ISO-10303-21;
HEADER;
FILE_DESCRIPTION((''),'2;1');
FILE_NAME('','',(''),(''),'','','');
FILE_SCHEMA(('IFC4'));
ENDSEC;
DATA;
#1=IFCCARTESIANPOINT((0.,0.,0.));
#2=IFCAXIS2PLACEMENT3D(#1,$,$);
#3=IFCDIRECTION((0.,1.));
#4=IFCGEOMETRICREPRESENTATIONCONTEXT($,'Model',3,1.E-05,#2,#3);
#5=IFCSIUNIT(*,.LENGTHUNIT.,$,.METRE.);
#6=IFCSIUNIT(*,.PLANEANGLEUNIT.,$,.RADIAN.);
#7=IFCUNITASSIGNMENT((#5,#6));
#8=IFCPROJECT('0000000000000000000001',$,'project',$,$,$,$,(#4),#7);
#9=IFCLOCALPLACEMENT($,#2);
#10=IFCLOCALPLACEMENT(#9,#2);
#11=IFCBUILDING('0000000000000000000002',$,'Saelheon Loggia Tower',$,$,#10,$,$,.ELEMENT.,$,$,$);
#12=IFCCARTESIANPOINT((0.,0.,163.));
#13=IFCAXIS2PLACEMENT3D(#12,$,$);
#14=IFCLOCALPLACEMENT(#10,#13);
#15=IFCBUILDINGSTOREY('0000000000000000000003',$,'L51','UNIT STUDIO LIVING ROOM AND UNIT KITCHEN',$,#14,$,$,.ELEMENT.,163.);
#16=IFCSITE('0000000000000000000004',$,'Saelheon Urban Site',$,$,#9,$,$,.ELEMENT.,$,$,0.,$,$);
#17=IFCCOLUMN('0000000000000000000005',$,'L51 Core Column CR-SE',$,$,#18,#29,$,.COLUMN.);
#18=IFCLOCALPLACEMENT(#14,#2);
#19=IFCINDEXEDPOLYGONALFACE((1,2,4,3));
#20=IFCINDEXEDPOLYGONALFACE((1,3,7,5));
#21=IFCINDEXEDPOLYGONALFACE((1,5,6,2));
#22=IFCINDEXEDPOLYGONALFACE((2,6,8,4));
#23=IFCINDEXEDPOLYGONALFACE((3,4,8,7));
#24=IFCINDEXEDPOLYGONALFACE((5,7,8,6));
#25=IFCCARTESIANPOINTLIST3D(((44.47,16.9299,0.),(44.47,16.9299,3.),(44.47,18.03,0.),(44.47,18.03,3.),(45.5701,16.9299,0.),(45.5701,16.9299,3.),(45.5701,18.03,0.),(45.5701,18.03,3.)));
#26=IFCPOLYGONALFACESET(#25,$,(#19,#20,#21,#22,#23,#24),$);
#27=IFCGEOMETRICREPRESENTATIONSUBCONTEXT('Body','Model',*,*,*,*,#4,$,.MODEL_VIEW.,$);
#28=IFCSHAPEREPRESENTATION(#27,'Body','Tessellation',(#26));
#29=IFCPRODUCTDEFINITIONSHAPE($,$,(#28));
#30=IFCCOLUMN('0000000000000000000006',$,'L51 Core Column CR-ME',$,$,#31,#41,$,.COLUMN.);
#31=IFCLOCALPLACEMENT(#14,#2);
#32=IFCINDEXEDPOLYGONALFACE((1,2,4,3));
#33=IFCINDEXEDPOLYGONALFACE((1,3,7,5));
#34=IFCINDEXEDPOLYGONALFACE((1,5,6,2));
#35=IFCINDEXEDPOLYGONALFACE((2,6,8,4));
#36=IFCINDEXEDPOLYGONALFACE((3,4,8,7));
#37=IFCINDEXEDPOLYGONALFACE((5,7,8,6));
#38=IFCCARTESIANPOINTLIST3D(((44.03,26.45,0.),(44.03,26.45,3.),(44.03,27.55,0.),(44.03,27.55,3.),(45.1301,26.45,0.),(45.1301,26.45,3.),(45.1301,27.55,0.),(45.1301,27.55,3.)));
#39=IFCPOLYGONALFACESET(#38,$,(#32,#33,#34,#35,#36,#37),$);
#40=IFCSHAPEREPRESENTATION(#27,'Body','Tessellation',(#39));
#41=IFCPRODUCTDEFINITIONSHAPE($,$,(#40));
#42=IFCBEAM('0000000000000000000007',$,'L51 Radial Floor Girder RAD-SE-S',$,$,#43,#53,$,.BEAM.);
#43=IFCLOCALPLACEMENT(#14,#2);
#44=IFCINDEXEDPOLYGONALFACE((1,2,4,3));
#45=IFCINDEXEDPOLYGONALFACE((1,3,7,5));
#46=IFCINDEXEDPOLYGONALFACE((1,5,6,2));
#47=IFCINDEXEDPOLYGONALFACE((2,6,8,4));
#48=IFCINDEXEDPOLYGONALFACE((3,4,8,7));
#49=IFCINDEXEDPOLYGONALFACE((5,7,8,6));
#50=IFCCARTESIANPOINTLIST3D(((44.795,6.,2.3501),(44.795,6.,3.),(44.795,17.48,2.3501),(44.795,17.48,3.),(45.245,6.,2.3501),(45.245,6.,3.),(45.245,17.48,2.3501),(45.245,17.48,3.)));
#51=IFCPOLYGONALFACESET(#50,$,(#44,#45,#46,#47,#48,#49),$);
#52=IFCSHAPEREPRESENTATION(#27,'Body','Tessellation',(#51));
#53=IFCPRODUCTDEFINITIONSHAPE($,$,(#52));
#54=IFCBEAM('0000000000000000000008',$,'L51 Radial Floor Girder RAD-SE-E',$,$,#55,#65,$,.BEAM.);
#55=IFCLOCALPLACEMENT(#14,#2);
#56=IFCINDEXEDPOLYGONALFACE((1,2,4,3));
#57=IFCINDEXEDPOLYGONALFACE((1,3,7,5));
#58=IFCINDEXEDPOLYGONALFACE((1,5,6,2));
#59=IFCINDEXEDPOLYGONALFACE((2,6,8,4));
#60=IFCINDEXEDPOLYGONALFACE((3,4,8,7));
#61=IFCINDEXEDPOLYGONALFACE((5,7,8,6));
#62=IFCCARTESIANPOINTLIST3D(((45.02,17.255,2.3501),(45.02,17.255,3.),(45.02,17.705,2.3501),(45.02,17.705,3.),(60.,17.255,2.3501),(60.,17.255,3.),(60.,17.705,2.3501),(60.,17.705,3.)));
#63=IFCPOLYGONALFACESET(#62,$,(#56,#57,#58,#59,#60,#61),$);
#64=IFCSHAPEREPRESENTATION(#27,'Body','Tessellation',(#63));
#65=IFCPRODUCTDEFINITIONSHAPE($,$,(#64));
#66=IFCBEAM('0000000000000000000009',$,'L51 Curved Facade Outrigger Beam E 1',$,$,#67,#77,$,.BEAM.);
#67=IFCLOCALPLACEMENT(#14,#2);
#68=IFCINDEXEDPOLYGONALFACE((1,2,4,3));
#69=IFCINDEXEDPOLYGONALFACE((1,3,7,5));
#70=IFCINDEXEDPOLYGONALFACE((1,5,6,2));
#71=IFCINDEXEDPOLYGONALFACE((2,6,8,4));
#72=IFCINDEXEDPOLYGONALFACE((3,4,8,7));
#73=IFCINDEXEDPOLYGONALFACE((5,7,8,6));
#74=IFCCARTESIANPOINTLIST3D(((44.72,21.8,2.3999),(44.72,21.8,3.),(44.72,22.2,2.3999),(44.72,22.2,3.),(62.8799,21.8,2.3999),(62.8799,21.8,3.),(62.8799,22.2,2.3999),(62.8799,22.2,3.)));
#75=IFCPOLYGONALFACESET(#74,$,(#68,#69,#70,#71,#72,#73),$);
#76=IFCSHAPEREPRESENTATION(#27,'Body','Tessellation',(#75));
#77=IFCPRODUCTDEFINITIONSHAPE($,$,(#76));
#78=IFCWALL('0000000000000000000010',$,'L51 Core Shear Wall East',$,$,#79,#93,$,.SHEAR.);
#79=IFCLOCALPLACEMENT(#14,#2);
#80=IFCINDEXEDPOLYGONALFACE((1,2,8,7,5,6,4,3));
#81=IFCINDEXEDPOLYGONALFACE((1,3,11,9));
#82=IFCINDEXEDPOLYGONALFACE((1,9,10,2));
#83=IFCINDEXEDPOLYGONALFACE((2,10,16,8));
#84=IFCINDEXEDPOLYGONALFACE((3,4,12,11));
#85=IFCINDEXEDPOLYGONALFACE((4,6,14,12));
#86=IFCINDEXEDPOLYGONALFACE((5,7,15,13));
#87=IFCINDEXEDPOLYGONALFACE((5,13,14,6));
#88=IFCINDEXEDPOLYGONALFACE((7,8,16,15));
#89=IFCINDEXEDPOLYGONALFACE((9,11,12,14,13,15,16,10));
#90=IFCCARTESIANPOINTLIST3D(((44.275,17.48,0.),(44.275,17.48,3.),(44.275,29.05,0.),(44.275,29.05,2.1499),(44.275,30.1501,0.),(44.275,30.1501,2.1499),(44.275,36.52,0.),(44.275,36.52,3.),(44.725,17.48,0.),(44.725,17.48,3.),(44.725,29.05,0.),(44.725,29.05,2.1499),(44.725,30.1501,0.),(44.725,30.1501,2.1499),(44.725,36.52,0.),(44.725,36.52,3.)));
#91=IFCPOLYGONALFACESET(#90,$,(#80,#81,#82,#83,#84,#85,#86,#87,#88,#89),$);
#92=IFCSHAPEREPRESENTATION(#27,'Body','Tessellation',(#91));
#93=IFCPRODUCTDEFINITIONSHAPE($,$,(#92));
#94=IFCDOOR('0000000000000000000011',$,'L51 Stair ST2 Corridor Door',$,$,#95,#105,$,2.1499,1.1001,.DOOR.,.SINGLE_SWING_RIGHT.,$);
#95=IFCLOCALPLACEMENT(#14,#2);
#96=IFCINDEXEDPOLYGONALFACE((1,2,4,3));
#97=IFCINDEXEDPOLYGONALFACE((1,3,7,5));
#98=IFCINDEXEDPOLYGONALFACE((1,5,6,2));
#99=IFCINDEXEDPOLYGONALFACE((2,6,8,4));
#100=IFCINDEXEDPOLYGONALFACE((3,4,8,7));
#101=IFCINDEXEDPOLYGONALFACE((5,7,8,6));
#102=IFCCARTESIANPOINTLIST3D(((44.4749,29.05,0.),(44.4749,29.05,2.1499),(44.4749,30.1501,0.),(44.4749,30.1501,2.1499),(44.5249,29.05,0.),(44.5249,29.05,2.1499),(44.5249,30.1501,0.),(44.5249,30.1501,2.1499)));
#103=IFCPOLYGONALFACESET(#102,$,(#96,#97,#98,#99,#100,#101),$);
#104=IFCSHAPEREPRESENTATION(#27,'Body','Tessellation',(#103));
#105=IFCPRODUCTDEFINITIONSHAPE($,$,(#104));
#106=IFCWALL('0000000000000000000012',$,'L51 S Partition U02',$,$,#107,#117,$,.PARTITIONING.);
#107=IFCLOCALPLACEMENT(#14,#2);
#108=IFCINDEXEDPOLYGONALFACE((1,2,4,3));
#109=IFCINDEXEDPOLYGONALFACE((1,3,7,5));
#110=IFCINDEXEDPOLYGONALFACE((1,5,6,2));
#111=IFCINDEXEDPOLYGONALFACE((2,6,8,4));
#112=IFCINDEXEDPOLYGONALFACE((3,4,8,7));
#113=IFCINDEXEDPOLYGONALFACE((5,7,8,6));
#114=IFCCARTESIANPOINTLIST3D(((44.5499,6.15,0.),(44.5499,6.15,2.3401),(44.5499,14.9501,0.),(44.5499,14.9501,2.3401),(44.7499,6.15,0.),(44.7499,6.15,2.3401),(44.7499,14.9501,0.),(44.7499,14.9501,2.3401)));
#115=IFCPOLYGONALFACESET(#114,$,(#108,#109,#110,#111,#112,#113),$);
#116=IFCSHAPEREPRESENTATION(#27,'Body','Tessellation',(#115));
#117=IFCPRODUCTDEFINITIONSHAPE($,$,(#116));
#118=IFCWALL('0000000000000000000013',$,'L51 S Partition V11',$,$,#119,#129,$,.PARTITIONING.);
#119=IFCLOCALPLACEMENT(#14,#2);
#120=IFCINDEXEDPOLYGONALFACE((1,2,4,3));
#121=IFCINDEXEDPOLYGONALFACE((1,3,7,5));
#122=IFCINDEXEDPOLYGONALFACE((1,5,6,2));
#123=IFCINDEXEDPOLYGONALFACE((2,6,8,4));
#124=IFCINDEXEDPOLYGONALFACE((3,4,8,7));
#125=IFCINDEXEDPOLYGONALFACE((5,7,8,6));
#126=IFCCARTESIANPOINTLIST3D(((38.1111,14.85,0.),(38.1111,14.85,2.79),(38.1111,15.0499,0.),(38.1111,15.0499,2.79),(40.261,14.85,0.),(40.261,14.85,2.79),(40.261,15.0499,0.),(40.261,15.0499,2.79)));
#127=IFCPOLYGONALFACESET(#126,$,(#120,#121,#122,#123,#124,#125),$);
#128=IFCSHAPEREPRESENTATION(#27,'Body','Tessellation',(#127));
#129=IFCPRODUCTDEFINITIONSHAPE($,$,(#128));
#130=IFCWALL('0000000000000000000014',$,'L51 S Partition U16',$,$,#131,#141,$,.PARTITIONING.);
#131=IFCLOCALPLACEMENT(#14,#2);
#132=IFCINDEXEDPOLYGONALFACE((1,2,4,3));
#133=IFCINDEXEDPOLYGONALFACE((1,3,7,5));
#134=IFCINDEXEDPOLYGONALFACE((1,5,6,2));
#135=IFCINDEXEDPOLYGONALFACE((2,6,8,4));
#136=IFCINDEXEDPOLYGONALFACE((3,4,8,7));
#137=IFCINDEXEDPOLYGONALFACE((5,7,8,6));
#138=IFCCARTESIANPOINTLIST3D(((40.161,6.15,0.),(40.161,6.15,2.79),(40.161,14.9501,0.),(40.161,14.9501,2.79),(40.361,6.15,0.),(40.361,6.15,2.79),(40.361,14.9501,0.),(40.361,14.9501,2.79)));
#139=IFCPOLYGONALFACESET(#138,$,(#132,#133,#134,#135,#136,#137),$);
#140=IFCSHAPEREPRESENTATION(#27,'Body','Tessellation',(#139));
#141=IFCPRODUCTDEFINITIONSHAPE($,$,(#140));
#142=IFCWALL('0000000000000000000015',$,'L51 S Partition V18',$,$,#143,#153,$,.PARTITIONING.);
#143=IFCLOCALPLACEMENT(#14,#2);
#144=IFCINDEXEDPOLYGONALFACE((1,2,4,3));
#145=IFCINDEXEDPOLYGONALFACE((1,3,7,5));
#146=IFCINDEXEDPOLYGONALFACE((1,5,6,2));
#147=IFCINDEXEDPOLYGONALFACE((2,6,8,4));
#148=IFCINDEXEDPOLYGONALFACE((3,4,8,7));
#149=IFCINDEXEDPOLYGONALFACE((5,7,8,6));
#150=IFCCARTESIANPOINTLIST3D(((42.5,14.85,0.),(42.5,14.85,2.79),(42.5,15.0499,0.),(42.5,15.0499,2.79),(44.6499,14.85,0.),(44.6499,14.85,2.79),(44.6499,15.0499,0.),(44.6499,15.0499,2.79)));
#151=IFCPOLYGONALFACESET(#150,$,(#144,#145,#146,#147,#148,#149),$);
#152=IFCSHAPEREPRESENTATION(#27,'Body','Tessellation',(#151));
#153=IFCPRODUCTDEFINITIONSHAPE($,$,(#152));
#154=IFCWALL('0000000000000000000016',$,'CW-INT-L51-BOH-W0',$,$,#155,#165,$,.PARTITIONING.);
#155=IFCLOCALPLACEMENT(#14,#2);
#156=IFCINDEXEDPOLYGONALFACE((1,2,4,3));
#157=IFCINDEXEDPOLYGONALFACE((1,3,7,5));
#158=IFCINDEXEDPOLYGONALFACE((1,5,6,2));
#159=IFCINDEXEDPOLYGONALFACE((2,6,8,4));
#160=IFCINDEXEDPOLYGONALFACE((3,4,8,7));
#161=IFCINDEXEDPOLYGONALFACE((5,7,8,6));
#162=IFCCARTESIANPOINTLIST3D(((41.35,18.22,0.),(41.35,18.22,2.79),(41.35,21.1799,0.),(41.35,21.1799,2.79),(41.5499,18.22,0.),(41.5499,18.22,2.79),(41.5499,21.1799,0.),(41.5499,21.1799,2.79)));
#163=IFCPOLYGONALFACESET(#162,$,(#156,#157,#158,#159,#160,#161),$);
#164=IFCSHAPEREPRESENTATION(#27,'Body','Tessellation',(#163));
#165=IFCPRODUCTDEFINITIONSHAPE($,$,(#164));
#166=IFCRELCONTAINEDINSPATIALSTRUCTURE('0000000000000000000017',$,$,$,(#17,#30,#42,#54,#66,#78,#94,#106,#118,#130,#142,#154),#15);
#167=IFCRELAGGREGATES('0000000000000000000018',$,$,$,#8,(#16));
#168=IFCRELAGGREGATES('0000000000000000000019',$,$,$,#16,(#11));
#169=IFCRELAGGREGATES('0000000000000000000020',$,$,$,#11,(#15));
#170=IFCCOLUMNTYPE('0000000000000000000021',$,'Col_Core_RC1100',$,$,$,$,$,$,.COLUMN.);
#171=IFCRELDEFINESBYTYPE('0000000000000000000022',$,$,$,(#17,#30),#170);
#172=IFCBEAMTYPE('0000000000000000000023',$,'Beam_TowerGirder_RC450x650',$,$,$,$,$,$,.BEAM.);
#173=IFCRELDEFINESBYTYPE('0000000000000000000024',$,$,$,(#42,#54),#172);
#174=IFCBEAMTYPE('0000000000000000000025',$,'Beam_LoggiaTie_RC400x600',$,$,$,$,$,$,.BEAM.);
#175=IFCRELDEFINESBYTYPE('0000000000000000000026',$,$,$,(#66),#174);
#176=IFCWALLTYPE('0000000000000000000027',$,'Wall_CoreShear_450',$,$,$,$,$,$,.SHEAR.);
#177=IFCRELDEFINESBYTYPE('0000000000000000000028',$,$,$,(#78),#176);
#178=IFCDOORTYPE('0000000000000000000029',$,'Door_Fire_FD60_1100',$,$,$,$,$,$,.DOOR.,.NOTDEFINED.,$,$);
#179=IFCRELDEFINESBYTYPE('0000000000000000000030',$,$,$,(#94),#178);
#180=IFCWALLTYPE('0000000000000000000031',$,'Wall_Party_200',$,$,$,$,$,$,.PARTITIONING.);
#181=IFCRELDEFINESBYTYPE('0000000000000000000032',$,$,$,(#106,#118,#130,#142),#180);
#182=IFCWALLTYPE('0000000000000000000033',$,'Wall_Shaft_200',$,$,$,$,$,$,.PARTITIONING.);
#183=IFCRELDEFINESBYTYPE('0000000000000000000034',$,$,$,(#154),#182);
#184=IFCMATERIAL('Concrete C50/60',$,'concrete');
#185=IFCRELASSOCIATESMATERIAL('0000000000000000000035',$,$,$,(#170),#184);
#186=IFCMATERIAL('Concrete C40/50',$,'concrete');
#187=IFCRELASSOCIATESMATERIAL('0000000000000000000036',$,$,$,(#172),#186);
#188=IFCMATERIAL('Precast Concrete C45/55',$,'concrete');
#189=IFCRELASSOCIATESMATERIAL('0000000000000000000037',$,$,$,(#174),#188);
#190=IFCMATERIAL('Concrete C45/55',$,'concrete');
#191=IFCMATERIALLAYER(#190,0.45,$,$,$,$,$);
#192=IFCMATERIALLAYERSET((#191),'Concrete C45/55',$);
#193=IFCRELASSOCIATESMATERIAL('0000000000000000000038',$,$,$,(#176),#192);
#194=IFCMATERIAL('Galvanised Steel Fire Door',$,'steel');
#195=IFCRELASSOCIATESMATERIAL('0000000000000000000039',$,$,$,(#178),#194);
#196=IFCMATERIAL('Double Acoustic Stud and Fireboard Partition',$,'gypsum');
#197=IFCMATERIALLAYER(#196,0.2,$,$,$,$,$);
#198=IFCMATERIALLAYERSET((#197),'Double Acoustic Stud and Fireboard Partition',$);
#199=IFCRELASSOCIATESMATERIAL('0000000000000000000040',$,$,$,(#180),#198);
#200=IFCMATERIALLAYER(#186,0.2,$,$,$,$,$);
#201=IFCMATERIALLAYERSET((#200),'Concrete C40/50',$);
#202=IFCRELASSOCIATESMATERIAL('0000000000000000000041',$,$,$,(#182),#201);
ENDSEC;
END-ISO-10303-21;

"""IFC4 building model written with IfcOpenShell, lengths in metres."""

from ifc_helpers import new_model, si_unit, direction, frame, frame_2d, origin, origin_2d, place, context, subcontext, project, spatial, rectangle, extrude, source, transform, mapped, material, layer, layer_set, material_profile, profile_set, type_object, element, fill, save


model = new_model("IFC4")

# Units and contexts
model_context = context("Model", 3, precision=1e-05, world=origin(), true_north=direction((0.0, 1.0)))
body_context = subcontext(model_context, "Body", "Model", "MODEL_VIEW")
ifc_project = project(units=[si_unit("LENGTHUNIT", "METRE"), si_unit("PLANEANGLEUNIT", "RADIAN")], contexts=[model_context])

# Site, building, storey
site_placement = place(None, origin())
site = spatial("IfcSite", under=ifc_project, at=site_placement, Name="Saelheon Urban Site", CompositionType="ELEMENT", RefElevation=0.0)
building_placement = place(site_placement, origin())
building = spatial("IfcBuilding", under=site, at=building_placement, Name="Saelheon Loggia Tower", CompositionType="ELEMENT")
storey_placement = place(building_placement, frame((0.0, 0.0, 163.0)))
storey = spatial("IfcBuildingStorey", under=building, at=storey_placement, Name="L51", Description="UNIT STUDIO LIVING ROOM AND UNIT KITCHEN", CompositionType="ELEMENT", Elevation=163.0)

# Columns
ifc_material_1 = material(Name="Concrete C50/60", Category="concrete")
ifc_material_profile_1 = material_profile(ifc_material_1, rectangle(XDim=1.1001, YDim=1.1001, at=origin_2d()), Name="RC-1100x1100")
ifc_profile_set_1 = profile_set([ifc_material_profile_1], Name="Concrete C50/60")
column_type = type_object("IfcColumnType", Name="Col_Core_RC1100", PredefinedType="COLUMN", material=ifc_profile_set_1)
shared_shape_1 = source(origin(), body_context, "Body", "SweptSolid", [
    extrude(rectangle(XDim=1.1001, YDim=1.1001, at=origin_2d()), origin(), (0.0, 0.0, 1.0), 3.0),
])
for number, where, z_axis, x_axis, name in (
    (1, (45.02, 17.48, 0.0), (0.0, 0.0, 1.0), (1.0, 0.0, 0.0), "L51 Core Column CR-SE"),
    (2, (44.5801, 27.0, 0.0), (0.0, 0.0, 1.0), (1.0, 0.0, 0.0), "L51 Core Column CR-ME"),
):
    element("IfcColumn", number, at=place(storey_placement, frame(where, z_axis=z_axis, x_axis=x_axis)), inside=storey, type_object=column_type, Name=name, PredefinedType="COLUMN", context=body_context, shape_type="MappedRepresentation", body=[
        mapped(shared_shape_1, transform((0.0, 0.0, 0.0), scale=1.0)),
    ])

# Beams
ifc_material_2 = material(Name="Concrete C40/50", Category="concrete")
ifc_material_profile_2 = material_profile(ifc_material_2, rectangle(XDim=0.45, YDim=0.6499, at=origin_2d()), Name="RC-450x650")
ifc_profile_set_2 = profile_set([ifc_material_profile_2], Name="Concrete C40/50")
beam_type_1 = type_object("IfcBeamType", Name="Beam_TowerGirder_RC450x650", PredefinedType="BEAM", material=ifc_profile_set_2)
shared_shape_2 = source(origin(), body_context, "Body", "SweptSolid", [
    extrude(rectangle(XDim=0.45, YDim=0.6499, at=origin_2d()), origin(), (0.0, 0.0, 1.0), 11.48),
])
beam_1_placement = place(storey_placement, frame((45.02, 17.48, 2.675), z_axis=(0.0, -1.0, 0.0), x_axis=(1.0, 0.0, 0.0)))
element("IfcBeam", 3, at=beam_1_placement, inside=storey, type_object=beam_type_1, Name="L51 Radial Floor Girder RAD-SE-S", PredefinedType="BEAM", context=body_context, shape_type="MappedRepresentation", body=[
    mapped(shared_shape_2, transform((0.0, 0.0, 0.0), scale=1.0)),
])
shared_shape_3 = source(origin(), body_context, "Body", "SweptSolid", [
    extrude(rectangle(XDim=0.45, YDim=0.6499, at=origin_2d()), origin(), (0.0, 0.0, 1.0), 14.98),
])
beam_2_placement = place(storey_placement, frame((45.02, 17.48, 2.675), z_axis=(1.0, 0.0, 0.0), x_axis=(0.0, 1.0, 0.0)))
element("IfcBeam", 4, at=beam_2_placement, inside=storey, type_object=beam_type_1, Name="L51 Radial Floor Girder RAD-SE-E", PredefinedType="BEAM", context=body_context, shape_type="MappedRepresentation", body=[
    mapped(shared_shape_3, transform((0.0, 0.0, 0.0), scale=1.0)),
])
ifc_material_3 = material(Name="Precast Concrete C45/55", Category="concrete")
ifc_material_profile_3 = material_profile(ifc_material_3, rectangle(XDim=0.3999, YDim=0.6001, at=origin_2d()), Name="RC-400x600")
ifc_profile_set_3 = profile_set([ifc_material_profile_3], Name="Precast Concrete C45/55")
beam_type_2 = type_object("IfcBeamType", Name="Beam_LoggiaTie_RC400x600", PredefinedType="BEAM", material=ifc_profile_set_3)
shared_shape_4 = source(origin(), body_context, "Body", "SweptSolid", [
    extrude(rectangle(XDim=0.3999, YDim=0.6001, at=origin_2d()), origin(), (0.0, 0.0, 1.0), 18.1599),
])
beam_3_placement = place(storey_placement, frame((44.72, 22.0, 2.7), z_axis=(1.0, 0.0, 0.0), x_axis=(0.0, 1.0, 0.0)))
element("IfcBeam", 5, at=beam_3_placement, inside=storey, type_object=beam_type_2, Name="L51 Curved Facade Outrigger Beam E 1", PredefinedType="BEAM", context=body_context, shape_type="MappedRepresentation", body=[
    mapped(shared_shape_4, transform((0.0, 0.0, 0.0), scale=1.0)),
])

# Wall, opening, door
ifc_material_4 = material(Name="Concrete C45/55", Category="concrete")
ifc_layer_1 = layer(ifc_material_4, 0.45)
ifc_layer_set_1 = layer_set([ifc_layer_1], Name="Concrete C45/55")
wall_type_1 = type_object("IfcWallType", Name="Wall_CoreShear_450", PredefinedType="SHEAR", material=ifc_layer_set_1)
wall_1_placement = place(storey_placement, frame((44.5, 17.48, 0.0), z_axis=(0.0, 0.0, 1.0), x_axis=(0.0, 1.0, 0.0)))
wall_1 = element("IfcWall", 6, at=wall_1_placement, inside=storey, type_object=wall_type_1, Name="L51 Core Shear Wall East", PredefinedType="SHEAR", context=body_context, shape_type="SweptSolid", body=[
    extrude(rectangle(XDim=19.04, YDim=0.45, at=frame_2d((9.52, 0.0))), origin(), (0.0, 0.0, 1.0), 3.0),
])
opening_1_placement = place(wall_1_placement, frame((12.6702, 0.0, 0.0), z_axis=(0.0, 0.0, 1.0), x_axis=(-1.0, 0.0, 0.0)))
opening_1 = element("IfcOpeningElement", 7, at=opening_1_placement, cuts=wall_1, PredefinedType="OPENING", context=body_context, shape_type="SweptSolid", body=[
    extrude(rectangle(XDim=1.1001, YDim=2.1499, at=frame_2d((0.55, 1.075))), frame((0.0, 0.2371, 0.0), z_axis=(0.0, -1.0, 0.0), x_axis=(1.0, 0.0, 0.0)), (0.0, 0.0, 1.0), 0.4739),
])
ifc_material_5 = material(Name="Galvanised Steel Fire Door", Category="steel")
door_type_1 = type_object("IfcDoorType", Name="Door_Fire_FD60_1100", OperationType="NOTDEFINED", PredefinedType="DOOR", material=ifc_material_5)
shared_shape_5 = source(origin(), body_context, "Body", "SweptSolid", [
    extrude(rectangle(XDim=1.1001, YDim=2.1499, at=frame_2d((0.55, 1.075))), frame((0.0, 0.0249, 0.0), z_axis=(0.0, -1.0, 0.0), x_axis=(1.0, 0.0, 0.0)), (0.0, 0.0, 1.0), 0.05),
])
door_1_placement = place(opening_1_placement, origin())
door_1 = element("IfcDoor", 8, at=door_1_placement, inside=storey, type_object=door_type_1, Name="L51 Stair ST2 Corridor Door", OperationType="SINGLE_SWING_RIGHT", OverallHeight=2.1499, OverallWidth=1.1001, PredefinedType="DOOR", context=body_context, shape_type="MappedRepresentation", body=[
    mapped(shared_shape_5, transform((0.0, 0.0, 0.0), scale=1.0)),
])
fill(opening_1, door_1)

# Walls
ifc_material_6 = material(Name="Double Acoustic Stud and Fireboard Partition", Category="gypsum")
ifc_layer_2 = layer(ifc_material_6, 0.2)
ifc_layer_set_2 = layer_set([ifc_layer_2], Name="Double Acoustic Stud and Fireboard Partition")
wall_type_2 = type_object("IfcWallType", Name="Wall_Party_200", PredefinedType="PARTITIONING", material=ifc_layer_set_2)
wall_2_placement = place(storey_placement, frame((44.6499, 14.95, 0.0), z_axis=(0.0, 0.0, 1.0), x_axis=(0.0, -1.0, 0.0)))
element("IfcWall", 9, at=wall_2_placement, inside=storey, type_object=wall_type_2, Name="L51 S Partition U02", PredefinedType="PARTITIONING", context=body_context, shape_type="SweptSolid", body=[
    extrude(rectangle(XDim=8.8, YDim=0.2, at=frame_2d((4.3999, 0.0))), origin(), (0.0, 0.0, 1.0), 2.3401),
])
wall_3_placement = place(storey_placement, frame((38.1111, 14.95, 0.0), z_axis=(0.0, 0.0, 1.0), x_axis=(1.0, 0.0, 0.0)))
element("IfcWall", 10, at=wall_3_placement, inside=storey, type_object=wall_type_2, Name="L51 S Partition V11", PredefinedType="PARTITIONING", context=body_context, shape_type="SweptSolid", body=[
    extrude(rectangle(XDim=2.1499, YDim=0.2, at=frame_2d((1.075, 0.0))), origin(), (0.0, 0.0, 1.0), 2.79),
])
wall_4_placement = place(storey_placement, frame((40.261, 14.95, 0.0), z_axis=(0.0, 0.0, 1.0), x_axis=(0.0, -1.0, 0.0)))
element("IfcWall", 11, at=wall_4_placement, inside=storey, type_object=wall_type_2, Name="L51 S Partition U16", PredefinedType="PARTITIONING", context=body_context, shape_type="SweptSolid", body=[
    extrude(rectangle(XDim=8.8, YDim=0.2, at=frame_2d((4.3999, 0.0))), origin(), (0.0, 0.0, 1.0), 2.79),
])

# Walls
wall_5_placement = place(storey_placement, frame((42.5, 14.95, 0.0), z_axis=(0.0, 0.0, 1.0), x_axis=(1.0, 0.0, 0.0)))
element("IfcWall", 12, at=wall_5_placement, inside=storey, type_object=wall_type_2, Name="L51 S Partition V18", PredefinedType="PARTITIONING", context=body_context, shape_type="SweptSolid", body=[
    extrude(rectangle(XDim=2.1499, YDim=0.2, at=frame_2d((1.075, 0.0))), origin(), (0.0, 0.0, 1.0), 2.79),
])
ifc_layer_3 = layer(ifc_material_2, 0.2)
ifc_layer_set_3 = layer_set([ifc_layer_3], Name="Concrete C40/50")
wall_type_3 = type_object("IfcWallType", Name="Wall_Shaft_200", PredefinedType="PARTITIONING", material=ifc_layer_set_3)
wall_6_placement = place(storey_placement, frame((41.45, 18.22, 0.0), z_axis=(0.0, 0.0, 1.0), x_axis=(0.0, 1.0, 0.0)))
element("IfcWall", 13, at=wall_6_placement, inside=storey, type_object=wall_type_3, Name="CW-INT-L51-BOH-W0", PredefinedType="PARTITIONING", context=body_context, shape_type="SweptSolid", body=[
    extrude(rectangle(XDim=2.96, YDim=0.2, at=frame_2d((1.48, 0.0))), origin(), (0.0, 0.0, 1.0), 2.79),
])

save(model, "model.ifc")
